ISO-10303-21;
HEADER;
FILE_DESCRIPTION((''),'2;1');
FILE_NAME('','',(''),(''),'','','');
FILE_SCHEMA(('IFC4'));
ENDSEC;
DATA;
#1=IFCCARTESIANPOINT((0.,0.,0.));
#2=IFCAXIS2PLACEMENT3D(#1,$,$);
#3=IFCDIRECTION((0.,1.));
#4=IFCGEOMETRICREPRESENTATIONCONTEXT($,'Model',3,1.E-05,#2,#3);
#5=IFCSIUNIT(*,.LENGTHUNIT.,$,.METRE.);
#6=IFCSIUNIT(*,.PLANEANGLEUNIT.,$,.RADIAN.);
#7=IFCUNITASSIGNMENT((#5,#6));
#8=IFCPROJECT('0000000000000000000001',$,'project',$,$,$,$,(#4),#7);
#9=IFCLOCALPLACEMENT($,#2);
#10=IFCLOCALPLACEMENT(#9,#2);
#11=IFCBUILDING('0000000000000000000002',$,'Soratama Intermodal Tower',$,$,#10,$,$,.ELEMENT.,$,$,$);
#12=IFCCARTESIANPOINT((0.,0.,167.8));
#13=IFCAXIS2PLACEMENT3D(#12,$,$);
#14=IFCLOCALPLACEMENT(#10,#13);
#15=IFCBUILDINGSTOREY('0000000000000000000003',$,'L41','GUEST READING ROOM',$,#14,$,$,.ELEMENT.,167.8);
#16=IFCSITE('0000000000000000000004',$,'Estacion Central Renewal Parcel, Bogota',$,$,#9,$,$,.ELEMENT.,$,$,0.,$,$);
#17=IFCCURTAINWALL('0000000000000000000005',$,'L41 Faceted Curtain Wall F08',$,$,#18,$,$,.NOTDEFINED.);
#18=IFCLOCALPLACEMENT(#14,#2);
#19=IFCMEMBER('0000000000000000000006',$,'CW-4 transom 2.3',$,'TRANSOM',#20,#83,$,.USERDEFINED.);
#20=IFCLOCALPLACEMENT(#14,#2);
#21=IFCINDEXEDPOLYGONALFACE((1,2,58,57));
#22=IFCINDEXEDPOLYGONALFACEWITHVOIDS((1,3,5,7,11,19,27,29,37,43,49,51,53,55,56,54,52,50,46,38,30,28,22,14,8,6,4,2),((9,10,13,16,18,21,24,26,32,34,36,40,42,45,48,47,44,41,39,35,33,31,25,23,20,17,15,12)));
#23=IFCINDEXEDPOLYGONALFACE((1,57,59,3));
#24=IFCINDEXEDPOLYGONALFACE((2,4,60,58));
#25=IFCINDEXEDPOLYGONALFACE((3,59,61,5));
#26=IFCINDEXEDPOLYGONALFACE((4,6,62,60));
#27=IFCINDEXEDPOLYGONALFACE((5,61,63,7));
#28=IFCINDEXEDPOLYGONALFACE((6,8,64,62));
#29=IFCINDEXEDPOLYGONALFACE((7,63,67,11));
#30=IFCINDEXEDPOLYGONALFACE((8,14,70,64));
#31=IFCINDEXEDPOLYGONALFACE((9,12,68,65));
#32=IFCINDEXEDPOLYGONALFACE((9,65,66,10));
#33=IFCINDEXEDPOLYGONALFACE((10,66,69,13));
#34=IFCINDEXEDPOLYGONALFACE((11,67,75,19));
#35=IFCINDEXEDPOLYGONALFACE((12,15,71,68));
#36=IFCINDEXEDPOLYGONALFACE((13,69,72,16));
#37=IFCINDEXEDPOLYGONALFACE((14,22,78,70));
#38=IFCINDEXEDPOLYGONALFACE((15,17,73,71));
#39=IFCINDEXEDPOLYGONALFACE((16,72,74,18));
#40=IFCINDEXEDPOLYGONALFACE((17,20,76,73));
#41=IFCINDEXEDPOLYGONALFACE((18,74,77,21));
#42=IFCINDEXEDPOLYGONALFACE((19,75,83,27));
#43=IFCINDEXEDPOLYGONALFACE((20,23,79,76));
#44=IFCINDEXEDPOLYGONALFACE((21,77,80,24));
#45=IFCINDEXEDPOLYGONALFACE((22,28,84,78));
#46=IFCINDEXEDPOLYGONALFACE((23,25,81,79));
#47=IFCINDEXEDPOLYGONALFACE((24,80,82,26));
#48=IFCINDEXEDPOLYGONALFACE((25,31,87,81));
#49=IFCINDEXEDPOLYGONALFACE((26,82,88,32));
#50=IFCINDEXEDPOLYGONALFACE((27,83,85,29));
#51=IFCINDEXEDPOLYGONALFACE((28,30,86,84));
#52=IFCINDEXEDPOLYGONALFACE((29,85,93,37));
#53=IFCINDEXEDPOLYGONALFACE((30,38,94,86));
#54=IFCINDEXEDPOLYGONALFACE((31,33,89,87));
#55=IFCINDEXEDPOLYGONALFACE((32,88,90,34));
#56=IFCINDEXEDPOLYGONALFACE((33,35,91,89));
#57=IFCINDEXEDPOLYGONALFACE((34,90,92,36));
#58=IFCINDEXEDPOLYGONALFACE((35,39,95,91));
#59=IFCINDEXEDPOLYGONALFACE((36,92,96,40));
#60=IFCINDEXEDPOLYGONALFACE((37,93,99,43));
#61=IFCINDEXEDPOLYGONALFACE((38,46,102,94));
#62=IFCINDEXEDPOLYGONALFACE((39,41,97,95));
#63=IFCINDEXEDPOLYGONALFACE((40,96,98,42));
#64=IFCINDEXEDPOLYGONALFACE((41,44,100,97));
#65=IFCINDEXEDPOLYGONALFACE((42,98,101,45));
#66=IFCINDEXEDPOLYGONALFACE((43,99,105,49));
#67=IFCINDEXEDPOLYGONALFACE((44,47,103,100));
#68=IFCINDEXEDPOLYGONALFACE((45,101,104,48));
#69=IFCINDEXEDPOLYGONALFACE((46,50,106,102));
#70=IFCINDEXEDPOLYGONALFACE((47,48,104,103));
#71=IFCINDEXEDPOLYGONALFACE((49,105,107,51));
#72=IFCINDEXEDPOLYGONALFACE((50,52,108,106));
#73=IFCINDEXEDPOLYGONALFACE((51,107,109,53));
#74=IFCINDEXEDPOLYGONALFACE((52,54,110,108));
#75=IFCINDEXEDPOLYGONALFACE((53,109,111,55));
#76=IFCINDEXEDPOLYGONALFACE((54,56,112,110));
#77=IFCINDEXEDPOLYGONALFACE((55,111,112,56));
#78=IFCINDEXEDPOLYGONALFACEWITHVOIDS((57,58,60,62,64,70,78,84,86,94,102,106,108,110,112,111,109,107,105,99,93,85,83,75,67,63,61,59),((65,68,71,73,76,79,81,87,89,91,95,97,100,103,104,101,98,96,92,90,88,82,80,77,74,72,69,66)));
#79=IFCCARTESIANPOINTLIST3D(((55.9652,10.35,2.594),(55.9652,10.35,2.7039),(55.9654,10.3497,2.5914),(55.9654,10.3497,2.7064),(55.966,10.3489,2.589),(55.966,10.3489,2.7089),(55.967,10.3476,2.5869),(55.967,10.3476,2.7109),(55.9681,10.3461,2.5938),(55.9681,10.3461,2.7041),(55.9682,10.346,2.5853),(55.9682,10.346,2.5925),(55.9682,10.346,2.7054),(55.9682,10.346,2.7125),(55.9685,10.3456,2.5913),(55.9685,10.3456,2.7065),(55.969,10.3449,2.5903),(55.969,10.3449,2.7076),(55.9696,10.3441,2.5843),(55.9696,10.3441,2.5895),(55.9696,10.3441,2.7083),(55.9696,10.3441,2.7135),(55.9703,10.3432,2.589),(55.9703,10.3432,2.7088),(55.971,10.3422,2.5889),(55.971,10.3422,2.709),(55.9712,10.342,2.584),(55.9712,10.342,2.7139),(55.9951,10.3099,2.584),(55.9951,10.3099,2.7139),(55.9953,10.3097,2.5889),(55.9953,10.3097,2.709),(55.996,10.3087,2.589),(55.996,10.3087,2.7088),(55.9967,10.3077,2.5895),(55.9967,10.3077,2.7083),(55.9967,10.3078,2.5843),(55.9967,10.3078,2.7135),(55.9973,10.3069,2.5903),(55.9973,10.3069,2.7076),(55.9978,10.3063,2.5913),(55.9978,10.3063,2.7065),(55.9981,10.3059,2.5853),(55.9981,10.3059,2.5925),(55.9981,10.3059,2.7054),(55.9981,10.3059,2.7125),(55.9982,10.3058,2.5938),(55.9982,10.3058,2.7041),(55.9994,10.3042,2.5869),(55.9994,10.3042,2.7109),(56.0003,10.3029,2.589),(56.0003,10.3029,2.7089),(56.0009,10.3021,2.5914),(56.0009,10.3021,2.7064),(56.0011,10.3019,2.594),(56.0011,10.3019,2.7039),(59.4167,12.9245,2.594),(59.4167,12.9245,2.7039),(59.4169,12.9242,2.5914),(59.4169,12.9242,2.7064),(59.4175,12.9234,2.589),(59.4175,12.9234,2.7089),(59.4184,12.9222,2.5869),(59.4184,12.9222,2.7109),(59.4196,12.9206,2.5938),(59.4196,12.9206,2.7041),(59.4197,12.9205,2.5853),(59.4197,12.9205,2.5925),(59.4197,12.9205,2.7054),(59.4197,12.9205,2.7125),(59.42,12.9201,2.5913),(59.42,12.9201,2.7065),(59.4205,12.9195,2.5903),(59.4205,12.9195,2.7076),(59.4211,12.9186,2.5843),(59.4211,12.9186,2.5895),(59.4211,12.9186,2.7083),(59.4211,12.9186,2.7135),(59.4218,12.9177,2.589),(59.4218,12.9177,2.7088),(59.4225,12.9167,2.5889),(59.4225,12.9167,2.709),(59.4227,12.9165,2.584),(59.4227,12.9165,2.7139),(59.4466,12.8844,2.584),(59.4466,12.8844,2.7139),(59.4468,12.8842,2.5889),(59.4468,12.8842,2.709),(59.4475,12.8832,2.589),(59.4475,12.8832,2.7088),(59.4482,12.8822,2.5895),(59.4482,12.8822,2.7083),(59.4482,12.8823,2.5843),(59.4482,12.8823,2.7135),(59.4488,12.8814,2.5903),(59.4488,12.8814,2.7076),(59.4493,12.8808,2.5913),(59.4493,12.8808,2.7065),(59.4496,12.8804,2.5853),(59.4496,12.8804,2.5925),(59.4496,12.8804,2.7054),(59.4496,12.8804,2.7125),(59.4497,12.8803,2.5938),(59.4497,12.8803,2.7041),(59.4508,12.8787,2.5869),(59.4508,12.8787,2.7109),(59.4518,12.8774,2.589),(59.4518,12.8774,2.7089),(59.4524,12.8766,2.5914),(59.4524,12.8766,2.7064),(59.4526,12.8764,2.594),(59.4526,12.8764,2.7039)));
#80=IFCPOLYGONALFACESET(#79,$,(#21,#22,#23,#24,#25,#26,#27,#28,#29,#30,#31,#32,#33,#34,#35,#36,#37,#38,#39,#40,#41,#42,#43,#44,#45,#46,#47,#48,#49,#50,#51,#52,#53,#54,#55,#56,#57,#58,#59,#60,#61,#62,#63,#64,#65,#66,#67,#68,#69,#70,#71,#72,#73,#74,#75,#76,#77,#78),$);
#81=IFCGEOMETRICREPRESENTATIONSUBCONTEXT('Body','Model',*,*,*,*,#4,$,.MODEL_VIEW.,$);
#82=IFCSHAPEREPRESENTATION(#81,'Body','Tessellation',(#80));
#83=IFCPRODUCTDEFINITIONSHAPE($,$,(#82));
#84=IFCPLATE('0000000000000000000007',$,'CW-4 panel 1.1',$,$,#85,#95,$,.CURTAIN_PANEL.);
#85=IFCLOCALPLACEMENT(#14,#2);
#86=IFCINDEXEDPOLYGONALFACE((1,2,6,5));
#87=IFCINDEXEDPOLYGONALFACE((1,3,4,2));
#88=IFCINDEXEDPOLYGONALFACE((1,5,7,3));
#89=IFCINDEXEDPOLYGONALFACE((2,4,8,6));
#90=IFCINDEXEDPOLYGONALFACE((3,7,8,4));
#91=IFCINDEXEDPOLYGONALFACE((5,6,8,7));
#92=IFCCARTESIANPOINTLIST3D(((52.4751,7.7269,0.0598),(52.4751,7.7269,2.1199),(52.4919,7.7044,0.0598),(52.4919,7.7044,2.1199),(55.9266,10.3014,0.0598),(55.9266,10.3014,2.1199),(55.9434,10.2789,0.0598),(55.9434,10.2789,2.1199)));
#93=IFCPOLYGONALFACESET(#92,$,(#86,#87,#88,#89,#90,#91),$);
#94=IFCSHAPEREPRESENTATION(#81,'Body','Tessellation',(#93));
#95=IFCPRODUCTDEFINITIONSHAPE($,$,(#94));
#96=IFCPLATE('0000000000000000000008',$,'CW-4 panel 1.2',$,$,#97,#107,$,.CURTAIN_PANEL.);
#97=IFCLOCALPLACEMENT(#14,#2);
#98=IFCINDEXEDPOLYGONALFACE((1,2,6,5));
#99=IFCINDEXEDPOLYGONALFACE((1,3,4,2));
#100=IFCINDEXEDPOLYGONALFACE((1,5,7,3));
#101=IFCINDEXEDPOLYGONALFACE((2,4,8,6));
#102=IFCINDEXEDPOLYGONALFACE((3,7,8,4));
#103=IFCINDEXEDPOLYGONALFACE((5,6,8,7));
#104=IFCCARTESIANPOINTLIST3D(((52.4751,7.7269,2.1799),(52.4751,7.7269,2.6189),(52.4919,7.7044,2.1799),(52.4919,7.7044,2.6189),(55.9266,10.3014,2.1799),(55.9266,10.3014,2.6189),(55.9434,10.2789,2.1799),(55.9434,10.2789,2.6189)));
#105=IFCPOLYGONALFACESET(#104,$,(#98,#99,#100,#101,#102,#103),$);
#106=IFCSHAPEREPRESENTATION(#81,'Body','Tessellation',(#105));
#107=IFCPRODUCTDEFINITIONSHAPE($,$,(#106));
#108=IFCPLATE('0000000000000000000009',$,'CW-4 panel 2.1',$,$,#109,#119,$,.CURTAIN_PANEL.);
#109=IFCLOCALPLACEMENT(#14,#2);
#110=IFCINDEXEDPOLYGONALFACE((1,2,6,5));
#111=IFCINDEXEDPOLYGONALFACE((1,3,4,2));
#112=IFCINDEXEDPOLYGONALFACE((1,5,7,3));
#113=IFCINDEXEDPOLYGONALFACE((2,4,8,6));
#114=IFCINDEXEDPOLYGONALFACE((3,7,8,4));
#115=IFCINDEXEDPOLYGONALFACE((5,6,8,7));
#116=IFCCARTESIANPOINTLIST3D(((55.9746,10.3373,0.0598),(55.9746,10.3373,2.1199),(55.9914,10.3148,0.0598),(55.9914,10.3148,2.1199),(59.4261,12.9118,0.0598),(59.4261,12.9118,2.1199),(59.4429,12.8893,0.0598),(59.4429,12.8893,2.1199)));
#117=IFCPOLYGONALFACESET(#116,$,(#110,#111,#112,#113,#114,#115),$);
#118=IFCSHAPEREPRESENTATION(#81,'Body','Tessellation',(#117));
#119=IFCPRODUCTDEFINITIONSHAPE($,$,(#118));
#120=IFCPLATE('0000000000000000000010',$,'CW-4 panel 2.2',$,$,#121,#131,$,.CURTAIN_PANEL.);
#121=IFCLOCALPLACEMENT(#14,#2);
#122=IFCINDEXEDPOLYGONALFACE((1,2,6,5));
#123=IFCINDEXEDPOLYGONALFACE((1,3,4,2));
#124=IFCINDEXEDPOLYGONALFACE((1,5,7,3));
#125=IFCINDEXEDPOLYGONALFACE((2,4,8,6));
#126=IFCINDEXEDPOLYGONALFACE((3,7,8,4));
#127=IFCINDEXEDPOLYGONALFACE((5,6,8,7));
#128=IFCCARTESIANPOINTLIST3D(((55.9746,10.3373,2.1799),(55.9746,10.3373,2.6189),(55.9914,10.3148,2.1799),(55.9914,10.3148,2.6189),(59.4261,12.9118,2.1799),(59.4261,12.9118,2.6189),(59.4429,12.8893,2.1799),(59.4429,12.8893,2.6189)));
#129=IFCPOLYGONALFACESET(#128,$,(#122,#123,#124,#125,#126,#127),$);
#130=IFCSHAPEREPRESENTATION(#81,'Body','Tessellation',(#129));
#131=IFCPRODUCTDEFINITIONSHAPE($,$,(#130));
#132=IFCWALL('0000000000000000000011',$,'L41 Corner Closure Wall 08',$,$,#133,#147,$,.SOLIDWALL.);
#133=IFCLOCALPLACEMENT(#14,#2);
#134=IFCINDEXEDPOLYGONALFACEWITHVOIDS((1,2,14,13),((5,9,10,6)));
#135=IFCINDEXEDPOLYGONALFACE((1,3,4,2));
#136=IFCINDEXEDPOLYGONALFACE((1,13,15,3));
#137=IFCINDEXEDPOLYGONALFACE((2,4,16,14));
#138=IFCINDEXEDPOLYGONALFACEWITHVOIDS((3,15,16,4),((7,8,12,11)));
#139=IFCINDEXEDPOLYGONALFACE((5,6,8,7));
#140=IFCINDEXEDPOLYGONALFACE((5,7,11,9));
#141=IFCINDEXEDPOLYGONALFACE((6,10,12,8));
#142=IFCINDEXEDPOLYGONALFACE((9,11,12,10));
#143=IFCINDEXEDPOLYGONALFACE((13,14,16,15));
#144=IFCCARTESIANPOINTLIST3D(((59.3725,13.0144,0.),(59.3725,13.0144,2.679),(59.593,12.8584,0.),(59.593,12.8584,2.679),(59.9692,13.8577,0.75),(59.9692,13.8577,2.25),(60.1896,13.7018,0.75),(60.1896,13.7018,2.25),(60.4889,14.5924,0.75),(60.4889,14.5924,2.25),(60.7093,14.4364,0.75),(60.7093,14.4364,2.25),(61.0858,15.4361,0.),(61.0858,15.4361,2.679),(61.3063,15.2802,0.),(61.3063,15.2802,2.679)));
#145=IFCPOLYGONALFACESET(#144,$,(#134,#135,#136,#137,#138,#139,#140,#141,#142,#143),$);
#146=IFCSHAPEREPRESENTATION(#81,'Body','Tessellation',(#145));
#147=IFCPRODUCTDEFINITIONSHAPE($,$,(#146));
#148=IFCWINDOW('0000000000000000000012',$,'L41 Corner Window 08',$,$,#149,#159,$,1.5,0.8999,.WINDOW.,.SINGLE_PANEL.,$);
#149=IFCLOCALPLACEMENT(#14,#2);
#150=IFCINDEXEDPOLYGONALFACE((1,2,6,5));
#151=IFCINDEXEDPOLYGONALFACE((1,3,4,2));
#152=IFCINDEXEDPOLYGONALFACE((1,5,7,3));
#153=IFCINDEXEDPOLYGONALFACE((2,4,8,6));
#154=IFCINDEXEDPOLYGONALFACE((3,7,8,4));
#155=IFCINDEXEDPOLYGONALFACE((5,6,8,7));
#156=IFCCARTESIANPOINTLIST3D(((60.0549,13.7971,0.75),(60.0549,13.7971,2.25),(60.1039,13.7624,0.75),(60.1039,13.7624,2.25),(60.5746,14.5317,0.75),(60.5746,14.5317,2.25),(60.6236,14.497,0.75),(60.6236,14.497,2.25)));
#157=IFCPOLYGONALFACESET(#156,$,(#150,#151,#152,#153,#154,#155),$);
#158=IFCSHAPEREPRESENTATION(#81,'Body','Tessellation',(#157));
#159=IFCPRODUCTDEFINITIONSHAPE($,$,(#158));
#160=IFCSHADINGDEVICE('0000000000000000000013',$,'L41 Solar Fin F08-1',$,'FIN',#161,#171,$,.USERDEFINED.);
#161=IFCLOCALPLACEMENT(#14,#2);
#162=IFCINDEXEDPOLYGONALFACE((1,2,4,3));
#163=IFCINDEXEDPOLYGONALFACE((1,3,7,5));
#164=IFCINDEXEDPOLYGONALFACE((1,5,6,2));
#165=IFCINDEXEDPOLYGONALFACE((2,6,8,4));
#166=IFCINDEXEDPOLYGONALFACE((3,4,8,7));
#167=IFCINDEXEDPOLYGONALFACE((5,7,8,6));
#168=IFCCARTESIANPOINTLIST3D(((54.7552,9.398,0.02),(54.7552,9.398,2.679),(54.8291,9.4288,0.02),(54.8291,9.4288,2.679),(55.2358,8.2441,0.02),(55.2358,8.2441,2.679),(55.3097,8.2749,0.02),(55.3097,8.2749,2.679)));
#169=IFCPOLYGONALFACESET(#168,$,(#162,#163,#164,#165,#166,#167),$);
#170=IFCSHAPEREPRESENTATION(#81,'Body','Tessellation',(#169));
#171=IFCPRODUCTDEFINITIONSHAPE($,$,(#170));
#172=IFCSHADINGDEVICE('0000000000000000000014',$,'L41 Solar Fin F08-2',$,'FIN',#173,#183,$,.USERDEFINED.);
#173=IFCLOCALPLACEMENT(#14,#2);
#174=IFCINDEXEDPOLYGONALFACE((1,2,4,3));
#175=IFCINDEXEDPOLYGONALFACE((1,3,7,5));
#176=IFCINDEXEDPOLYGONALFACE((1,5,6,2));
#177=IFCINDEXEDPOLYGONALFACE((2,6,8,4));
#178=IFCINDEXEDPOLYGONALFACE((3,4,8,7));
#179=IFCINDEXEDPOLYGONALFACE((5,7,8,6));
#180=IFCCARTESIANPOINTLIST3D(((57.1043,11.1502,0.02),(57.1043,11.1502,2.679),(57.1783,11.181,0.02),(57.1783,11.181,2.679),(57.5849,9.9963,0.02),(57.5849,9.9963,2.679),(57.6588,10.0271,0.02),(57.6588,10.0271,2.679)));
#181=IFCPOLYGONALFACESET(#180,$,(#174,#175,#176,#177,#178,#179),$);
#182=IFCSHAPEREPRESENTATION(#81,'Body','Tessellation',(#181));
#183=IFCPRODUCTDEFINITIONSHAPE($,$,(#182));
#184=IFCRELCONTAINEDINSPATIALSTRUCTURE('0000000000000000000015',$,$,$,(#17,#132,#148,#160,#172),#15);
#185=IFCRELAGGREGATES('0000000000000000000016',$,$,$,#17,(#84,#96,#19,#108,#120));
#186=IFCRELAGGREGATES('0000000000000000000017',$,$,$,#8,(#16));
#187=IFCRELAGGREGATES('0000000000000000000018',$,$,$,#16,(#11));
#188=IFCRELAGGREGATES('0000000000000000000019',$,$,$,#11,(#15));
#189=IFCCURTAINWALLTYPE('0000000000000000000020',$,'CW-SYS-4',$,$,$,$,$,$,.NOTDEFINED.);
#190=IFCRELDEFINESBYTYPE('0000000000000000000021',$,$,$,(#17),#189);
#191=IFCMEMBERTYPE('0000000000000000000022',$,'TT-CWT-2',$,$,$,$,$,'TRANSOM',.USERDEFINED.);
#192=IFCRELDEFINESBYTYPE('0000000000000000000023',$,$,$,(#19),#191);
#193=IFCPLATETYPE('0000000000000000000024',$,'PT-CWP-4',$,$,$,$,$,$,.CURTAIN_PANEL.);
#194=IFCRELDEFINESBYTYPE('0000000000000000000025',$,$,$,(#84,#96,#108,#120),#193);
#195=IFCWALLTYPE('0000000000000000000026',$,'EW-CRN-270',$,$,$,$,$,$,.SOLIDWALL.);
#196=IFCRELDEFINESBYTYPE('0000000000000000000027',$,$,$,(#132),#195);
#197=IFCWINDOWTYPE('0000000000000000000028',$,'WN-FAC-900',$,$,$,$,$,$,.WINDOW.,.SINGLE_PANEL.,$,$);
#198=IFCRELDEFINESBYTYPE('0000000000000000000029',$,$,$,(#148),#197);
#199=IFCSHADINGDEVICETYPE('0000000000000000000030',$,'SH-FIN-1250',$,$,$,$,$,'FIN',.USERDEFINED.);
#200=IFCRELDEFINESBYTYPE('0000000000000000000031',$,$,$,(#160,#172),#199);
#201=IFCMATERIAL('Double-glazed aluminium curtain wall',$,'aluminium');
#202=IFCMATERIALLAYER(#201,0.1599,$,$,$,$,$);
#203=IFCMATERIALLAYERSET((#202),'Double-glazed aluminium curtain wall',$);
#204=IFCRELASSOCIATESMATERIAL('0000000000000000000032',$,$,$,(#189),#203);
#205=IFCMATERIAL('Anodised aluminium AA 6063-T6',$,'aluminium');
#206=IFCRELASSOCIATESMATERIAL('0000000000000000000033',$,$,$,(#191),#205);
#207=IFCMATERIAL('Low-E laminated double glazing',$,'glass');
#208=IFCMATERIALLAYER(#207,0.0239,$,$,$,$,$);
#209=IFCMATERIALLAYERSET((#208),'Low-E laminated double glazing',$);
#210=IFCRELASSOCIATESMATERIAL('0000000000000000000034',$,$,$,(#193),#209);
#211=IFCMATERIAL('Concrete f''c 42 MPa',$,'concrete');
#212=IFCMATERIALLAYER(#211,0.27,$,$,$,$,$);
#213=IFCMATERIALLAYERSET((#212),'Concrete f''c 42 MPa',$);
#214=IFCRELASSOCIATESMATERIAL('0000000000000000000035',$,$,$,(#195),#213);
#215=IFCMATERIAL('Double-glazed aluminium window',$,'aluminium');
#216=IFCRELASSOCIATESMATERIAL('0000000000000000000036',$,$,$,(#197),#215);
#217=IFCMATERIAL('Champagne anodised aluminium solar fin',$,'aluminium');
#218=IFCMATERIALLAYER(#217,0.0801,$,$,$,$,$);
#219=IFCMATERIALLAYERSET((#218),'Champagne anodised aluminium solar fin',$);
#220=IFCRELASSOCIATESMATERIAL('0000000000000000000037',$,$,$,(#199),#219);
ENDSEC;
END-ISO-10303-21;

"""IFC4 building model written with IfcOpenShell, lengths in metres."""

from ifc_helpers import new_model, si_unit, direction, frame, frame_2d, origin, origin_2d, place, context, subcontext, project, spatial, rectangle, hollow_rectangle, extrude, material, layer, layer_set, material_profile, profile_set, type_object, element, fill, aggregate, save


model = new_model("IFC4")

# Units and contexts
model_context = context("Model", 3, precision=1e-05, world=origin(), true_north=direction((0.0, 1.0)))
body_context = subcontext(model_context, "Body", "Model", "MODEL_VIEW")
ifc_project = project(units=[si_unit("LENGTHUNIT", "METRE"), si_unit("PLANEANGLEUNIT", "RADIAN")], contexts=[model_context])

# Site, building, storey
site_placement = place(None, origin())
site = spatial("IfcSite", under=ifc_project, at=site_placement, Name="Estacion Central Renewal Parcel, Bogota", CompositionType="ELEMENT", RefElevation=0.0)
building_placement = place(site_placement, origin())
building = spatial("IfcBuilding", under=site, at=building_placement, Name="Soratama Intermodal Tower", CompositionType="ELEMENT")
storey_placement = place(building_placement, frame((0.0, 0.0, 167.8)))
storey = spatial("IfcBuildingStorey", under=building, at=storey_placement, Name="L41", Description="GUEST READING ROOM", CompositionType="ELEMENT", Elevation=167.8)

# Curtain wall
ifc_material_1 = material(Name="Double-glazed aluminium curtain wall", Category="aluminium")
ifc_layer_1 = layer(ifc_material_1, 0.1599)
ifc_layer_set_1 = layer_set([ifc_layer_1], Name="Double-glazed aluminium curtain wall")
curtain_wall_type = type_object("IfcCurtainWallType", Name="CW-SYS-4", PredefinedType="NOTDEFINED", material=ifc_layer_set_1)
curtain_wall_1_placement = place(storey_placement, origin())
curtain_wall_1 = element("IfcCurtainWall", 1, at=curtain_wall_1_placement, inside=storey, type_object=curtain_wall_type, Name="L41 Faceted Curtain Wall F08", PredefinedType="NOTDEFINED")

# Member
ifc_material_2 = material(Name="Anodised aluminium AA 6063-T6", Category="aluminium")
ifc_material_profile_1 = material_profile(ifc_material_2, hollow_rectangle(XDim=0.0601, YDim=0.1299, WallThickness=0.0049, InnerFilletRadius=0.0049, OuterFilletRadius=0.01, at=origin_2d()), Name="CWT130X60X5")
ifc_profile_set_1 = profile_set([ifc_material_profile_1], Name="Anodised aluminium AA 6063-T6")
member_type_1 = type_object("IfcMemberType", Name="TT-CWT-2", ElementType="TRANSOM", PredefinedType="USERDEFINED", material=ifc_profile_set_1)
member_1_placement = place(storey_placement, frame((55.9832, 10.3259, 2.6489), z_axis=(0.801569, 0.597902, 0.0), x_axis=(-0.597902, 0.801569, 0.0)))
member_1 = element("IfcMember", 2, at=member_1_placement, type_object=member_type_1, Name="CW-4 transom 2.3", ObjectType="TRANSOM", PredefinedType="USERDEFINED", context=body_context, shape_type="SweptSolid", body=[
    extrude(hollow_rectangle(XDim=0.0601, YDim=0.1299, WallThickness=0.0049, InnerFilletRadius=0.0049, OuterFilletRadius=0.01, at=origin_2d()), origin(), (0.0, 0.0, 1.0), 4.3059),
])

# Plates
ifc_material_3 = material(Name="Low-E laminated double glazing", Category="glass")
ifc_layer_2 = layer(ifc_material_3, 0.0239)
ifc_layer_set_2 = layer_set([ifc_layer_2], Name="Low-E laminated double glazing")
plate_type = type_object("IfcPlateType", Name="PT-CWP-4", PredefinedType="CURTAIN_PANEL", material=ifc_layer_set_2)
plate_1_placement = place(storey_placement, frame((54.2092, 9.0029, 0.0598), z_axis=(0.0, 0.0, 1.0), x_axis=(0.801566, 0.597907, 0.0)))
plate_1 = element("IfcPlate", 3, at=plate_1_placement, type_object=plate_type, Name="CW-4 panel 1.1", PredefinedType="CURTAIN_PANEL", context=body_context, shape_type="SweptSolid", body=[
    extrude(rectangle(XDim=4.3059, YDim=0.0281, at=origin_2d()), origin(), (0.0, 0.0, 1.0), 2.0601),
])
plate_2_placement = place(storey_placement, frame((54.2092, 9.0029, 2.1799), z_axis=(0.0, 0.0, 1.0), x_axis=(0.801566, 0.597907, 0.0)))
plate_2 = element("IfcPlate", 4, at=plate_2_placement, type_object=plate_type, Name="CW-4 panel 1.2", PredefinedType="CURTAIN_PANEL", context=body_context, shape_type="SweptSolid", body=[
    extrude(rectangle(XDim=4.3059, YDim=0.0281, at=origin_2d()), origin(), (0.0, 0.0, 1.0), 0.439),
])
plate_3_placement = place(storey_placement, frame((57.7087, 11.6133, 0.0598), z_axis=(0.0, 0.0, 1.0), x_axis=(0.801566, 0.597907, 0.0)))
plate_3 = element("IfcPlate", 5, at=plate_3_placement, type_object=plate_type, Name="CW-4 panel 2.1", PredefinedType="CURTAIN_PANEL", context=body_context, shape_type="SweptSolid", body=[
    extrude(rectangle(XDim=4.3059, YDim=0.0281, at=origin_2d()), origin(), (0.0, 0.0, 1.0), 2.0601),
])
plate_4_placement = place(storey_placement, frame((57.7087, 11.6133, 2.1799), z_axis=(0.0, 0.0, 1.0), x_axis=(0.801566, 0.597907, 0.0)))
plate_4 = element("IfcPlate", 6, at=plate_4_placement, type_object=plate_type, Name="CW-4 panel 2.2", PredefinedType="CURTAIN_PANEL", context=body_context, shape_type="SweptSolid", body=[
    extrude(rectangle(XDim=4.3059, YDim=0.0281, at=origin_2d()), origin(), (0.0, 0.0, 1.0), 0.439),
])
aggregate(curtain_wall_1, [plate_1, plate_2, member_1, plate_3, plate_4])

# Wall, opening, window
ifc_material_4 = material(Name="Concrete f'c 42 MPa", Category="concrete")
ifc_layer_3 = layer(ifc_material_4, 0.27)
ifc_layer_set_3 = layer_set([ifc_layer_3], Name="Concrete f'c 42 MPa")
wall_type = type_object("IfcWallType", Name="EW-CRN-270", PredefinedType="SOLIDWALL", material=ifc_layer_set_3)
wall_placement = place(storey_placement, frame((59.4827, 12.9363, 0.0), z_axis=(0.0, 0.0, 1.0), x_axis=(0.577542, 0.816361, 0.0)))
wall = element("IfcWall", 7, at=wall_placement, inside=storey, type_object=wall_type, Name="L41 Corner Closure Wall 08", PredefinedType="SOLIDWALL", context=body_context, shape_type="SweptSolid", body=[
    extrude(rectangle(XDim=2.9666, YDim=0.27, at=frame_2d((1.4834, 0.0))), origin(), (0.0, 0.0, 1.0), 2.679),
])
opening_placement = place(wall_placement, frame((1.0332, 0.0, 0.75)))
opening = element("IfcOpeningElement", 8, at=opening_placement, cuts=wall, PredefinedType="OPENING", context=body_context, shape_type="SweptSolid", body=[
    extrude(rectangle(XDim=0.8999, YDim=1.5, at=frame_2d((0.45, 0.75))), frame((0.0, 0.145, 0.0), z_axis=(0.0, -1.0, 0.0), x_axis=(1.0, 0.0, 0.0)), (0.0, 0.0, 1.0), 0.29),
])
ifc_material_5 = material(Name="Double-glazed aluminium window", Category="aluminium")
window_type = type_object("IfcWindowType", Name="WN-FAC-900", PartitioningType="SINGLE_PANEL", PredefinedType="WINDOW", material=ifc_material_5)
window_placement = place(opening_placement, origin())
window = element("IfcWindow", 9, at=window_placement, inside=storey, type_object=window_type, Name="L41 Corner Window 08", OverallHeight=1.5, OverallWidth=0.8999, PartitioningType="SINGLE_PANEL", PredefinedType="WINDOW", context=body_context, shape_type="SweptSolid", body=[
    extrude(rectangle(XDim=0.8999, YDim=1.5, at=frame_2d((0.45, 0.75))), frame((0.0, 0.03, 0.0), z_axis=(0.0, -1.0, 0.0), x_axis=(1.0, 0.0, 0.0)), (0.0, 0.0, 1.0), 0.0601),
])
fill(opening, window)

# Shading devices
ifc_material_6 = material(Name="Champagne anodised aluminium solar fin", Category="aluminium")
ifc_layer_4 = layer(ifc_material_6, 0.0801)
ifc_layer_set_4 = layer_set([ifc_layer_4], Name="Champagne anodised aluminium solar fin")
shading_device_type = type_object("IfcShadingDeviceType", Name="SH-FIN-1250", ElementType="FIN", PredefinedType="USERDEFINED", material=ifc_layer_set_4)
for number, where, z_axis, x_axis, name in (
    (10, (55.0325, 8.8364, 0.02), (0.0, 0.0, 1.0), (0.384456, -0.923143, 0.0), "L41 Solar Fin F08-1"),
    (11, (57.3816, 10.5886, 0.02), (0.0, 0.0, 1.0), (0.384456, -0.923143, 0.0), "L41 Solar Fin F08-2"),
):
    element("IfcShadingDevice", number, at=place(storey_placement, frame(where, z_axis=z_axis, x_axis=x_axis)), inside=storey, type_object=shading_device_type, Name=name, ObjectType="FIN", PredefinedType="USERDEFINED", context=body_context, shape_type="SweptSolid", body=[
        extrude(rectangle(XDim=1.25, YDim=0.0801, at=origin_2d()), origin(), (0.0, 0.0, 1.0), 2.6589),
    ])

save(model, "model.ifc")
